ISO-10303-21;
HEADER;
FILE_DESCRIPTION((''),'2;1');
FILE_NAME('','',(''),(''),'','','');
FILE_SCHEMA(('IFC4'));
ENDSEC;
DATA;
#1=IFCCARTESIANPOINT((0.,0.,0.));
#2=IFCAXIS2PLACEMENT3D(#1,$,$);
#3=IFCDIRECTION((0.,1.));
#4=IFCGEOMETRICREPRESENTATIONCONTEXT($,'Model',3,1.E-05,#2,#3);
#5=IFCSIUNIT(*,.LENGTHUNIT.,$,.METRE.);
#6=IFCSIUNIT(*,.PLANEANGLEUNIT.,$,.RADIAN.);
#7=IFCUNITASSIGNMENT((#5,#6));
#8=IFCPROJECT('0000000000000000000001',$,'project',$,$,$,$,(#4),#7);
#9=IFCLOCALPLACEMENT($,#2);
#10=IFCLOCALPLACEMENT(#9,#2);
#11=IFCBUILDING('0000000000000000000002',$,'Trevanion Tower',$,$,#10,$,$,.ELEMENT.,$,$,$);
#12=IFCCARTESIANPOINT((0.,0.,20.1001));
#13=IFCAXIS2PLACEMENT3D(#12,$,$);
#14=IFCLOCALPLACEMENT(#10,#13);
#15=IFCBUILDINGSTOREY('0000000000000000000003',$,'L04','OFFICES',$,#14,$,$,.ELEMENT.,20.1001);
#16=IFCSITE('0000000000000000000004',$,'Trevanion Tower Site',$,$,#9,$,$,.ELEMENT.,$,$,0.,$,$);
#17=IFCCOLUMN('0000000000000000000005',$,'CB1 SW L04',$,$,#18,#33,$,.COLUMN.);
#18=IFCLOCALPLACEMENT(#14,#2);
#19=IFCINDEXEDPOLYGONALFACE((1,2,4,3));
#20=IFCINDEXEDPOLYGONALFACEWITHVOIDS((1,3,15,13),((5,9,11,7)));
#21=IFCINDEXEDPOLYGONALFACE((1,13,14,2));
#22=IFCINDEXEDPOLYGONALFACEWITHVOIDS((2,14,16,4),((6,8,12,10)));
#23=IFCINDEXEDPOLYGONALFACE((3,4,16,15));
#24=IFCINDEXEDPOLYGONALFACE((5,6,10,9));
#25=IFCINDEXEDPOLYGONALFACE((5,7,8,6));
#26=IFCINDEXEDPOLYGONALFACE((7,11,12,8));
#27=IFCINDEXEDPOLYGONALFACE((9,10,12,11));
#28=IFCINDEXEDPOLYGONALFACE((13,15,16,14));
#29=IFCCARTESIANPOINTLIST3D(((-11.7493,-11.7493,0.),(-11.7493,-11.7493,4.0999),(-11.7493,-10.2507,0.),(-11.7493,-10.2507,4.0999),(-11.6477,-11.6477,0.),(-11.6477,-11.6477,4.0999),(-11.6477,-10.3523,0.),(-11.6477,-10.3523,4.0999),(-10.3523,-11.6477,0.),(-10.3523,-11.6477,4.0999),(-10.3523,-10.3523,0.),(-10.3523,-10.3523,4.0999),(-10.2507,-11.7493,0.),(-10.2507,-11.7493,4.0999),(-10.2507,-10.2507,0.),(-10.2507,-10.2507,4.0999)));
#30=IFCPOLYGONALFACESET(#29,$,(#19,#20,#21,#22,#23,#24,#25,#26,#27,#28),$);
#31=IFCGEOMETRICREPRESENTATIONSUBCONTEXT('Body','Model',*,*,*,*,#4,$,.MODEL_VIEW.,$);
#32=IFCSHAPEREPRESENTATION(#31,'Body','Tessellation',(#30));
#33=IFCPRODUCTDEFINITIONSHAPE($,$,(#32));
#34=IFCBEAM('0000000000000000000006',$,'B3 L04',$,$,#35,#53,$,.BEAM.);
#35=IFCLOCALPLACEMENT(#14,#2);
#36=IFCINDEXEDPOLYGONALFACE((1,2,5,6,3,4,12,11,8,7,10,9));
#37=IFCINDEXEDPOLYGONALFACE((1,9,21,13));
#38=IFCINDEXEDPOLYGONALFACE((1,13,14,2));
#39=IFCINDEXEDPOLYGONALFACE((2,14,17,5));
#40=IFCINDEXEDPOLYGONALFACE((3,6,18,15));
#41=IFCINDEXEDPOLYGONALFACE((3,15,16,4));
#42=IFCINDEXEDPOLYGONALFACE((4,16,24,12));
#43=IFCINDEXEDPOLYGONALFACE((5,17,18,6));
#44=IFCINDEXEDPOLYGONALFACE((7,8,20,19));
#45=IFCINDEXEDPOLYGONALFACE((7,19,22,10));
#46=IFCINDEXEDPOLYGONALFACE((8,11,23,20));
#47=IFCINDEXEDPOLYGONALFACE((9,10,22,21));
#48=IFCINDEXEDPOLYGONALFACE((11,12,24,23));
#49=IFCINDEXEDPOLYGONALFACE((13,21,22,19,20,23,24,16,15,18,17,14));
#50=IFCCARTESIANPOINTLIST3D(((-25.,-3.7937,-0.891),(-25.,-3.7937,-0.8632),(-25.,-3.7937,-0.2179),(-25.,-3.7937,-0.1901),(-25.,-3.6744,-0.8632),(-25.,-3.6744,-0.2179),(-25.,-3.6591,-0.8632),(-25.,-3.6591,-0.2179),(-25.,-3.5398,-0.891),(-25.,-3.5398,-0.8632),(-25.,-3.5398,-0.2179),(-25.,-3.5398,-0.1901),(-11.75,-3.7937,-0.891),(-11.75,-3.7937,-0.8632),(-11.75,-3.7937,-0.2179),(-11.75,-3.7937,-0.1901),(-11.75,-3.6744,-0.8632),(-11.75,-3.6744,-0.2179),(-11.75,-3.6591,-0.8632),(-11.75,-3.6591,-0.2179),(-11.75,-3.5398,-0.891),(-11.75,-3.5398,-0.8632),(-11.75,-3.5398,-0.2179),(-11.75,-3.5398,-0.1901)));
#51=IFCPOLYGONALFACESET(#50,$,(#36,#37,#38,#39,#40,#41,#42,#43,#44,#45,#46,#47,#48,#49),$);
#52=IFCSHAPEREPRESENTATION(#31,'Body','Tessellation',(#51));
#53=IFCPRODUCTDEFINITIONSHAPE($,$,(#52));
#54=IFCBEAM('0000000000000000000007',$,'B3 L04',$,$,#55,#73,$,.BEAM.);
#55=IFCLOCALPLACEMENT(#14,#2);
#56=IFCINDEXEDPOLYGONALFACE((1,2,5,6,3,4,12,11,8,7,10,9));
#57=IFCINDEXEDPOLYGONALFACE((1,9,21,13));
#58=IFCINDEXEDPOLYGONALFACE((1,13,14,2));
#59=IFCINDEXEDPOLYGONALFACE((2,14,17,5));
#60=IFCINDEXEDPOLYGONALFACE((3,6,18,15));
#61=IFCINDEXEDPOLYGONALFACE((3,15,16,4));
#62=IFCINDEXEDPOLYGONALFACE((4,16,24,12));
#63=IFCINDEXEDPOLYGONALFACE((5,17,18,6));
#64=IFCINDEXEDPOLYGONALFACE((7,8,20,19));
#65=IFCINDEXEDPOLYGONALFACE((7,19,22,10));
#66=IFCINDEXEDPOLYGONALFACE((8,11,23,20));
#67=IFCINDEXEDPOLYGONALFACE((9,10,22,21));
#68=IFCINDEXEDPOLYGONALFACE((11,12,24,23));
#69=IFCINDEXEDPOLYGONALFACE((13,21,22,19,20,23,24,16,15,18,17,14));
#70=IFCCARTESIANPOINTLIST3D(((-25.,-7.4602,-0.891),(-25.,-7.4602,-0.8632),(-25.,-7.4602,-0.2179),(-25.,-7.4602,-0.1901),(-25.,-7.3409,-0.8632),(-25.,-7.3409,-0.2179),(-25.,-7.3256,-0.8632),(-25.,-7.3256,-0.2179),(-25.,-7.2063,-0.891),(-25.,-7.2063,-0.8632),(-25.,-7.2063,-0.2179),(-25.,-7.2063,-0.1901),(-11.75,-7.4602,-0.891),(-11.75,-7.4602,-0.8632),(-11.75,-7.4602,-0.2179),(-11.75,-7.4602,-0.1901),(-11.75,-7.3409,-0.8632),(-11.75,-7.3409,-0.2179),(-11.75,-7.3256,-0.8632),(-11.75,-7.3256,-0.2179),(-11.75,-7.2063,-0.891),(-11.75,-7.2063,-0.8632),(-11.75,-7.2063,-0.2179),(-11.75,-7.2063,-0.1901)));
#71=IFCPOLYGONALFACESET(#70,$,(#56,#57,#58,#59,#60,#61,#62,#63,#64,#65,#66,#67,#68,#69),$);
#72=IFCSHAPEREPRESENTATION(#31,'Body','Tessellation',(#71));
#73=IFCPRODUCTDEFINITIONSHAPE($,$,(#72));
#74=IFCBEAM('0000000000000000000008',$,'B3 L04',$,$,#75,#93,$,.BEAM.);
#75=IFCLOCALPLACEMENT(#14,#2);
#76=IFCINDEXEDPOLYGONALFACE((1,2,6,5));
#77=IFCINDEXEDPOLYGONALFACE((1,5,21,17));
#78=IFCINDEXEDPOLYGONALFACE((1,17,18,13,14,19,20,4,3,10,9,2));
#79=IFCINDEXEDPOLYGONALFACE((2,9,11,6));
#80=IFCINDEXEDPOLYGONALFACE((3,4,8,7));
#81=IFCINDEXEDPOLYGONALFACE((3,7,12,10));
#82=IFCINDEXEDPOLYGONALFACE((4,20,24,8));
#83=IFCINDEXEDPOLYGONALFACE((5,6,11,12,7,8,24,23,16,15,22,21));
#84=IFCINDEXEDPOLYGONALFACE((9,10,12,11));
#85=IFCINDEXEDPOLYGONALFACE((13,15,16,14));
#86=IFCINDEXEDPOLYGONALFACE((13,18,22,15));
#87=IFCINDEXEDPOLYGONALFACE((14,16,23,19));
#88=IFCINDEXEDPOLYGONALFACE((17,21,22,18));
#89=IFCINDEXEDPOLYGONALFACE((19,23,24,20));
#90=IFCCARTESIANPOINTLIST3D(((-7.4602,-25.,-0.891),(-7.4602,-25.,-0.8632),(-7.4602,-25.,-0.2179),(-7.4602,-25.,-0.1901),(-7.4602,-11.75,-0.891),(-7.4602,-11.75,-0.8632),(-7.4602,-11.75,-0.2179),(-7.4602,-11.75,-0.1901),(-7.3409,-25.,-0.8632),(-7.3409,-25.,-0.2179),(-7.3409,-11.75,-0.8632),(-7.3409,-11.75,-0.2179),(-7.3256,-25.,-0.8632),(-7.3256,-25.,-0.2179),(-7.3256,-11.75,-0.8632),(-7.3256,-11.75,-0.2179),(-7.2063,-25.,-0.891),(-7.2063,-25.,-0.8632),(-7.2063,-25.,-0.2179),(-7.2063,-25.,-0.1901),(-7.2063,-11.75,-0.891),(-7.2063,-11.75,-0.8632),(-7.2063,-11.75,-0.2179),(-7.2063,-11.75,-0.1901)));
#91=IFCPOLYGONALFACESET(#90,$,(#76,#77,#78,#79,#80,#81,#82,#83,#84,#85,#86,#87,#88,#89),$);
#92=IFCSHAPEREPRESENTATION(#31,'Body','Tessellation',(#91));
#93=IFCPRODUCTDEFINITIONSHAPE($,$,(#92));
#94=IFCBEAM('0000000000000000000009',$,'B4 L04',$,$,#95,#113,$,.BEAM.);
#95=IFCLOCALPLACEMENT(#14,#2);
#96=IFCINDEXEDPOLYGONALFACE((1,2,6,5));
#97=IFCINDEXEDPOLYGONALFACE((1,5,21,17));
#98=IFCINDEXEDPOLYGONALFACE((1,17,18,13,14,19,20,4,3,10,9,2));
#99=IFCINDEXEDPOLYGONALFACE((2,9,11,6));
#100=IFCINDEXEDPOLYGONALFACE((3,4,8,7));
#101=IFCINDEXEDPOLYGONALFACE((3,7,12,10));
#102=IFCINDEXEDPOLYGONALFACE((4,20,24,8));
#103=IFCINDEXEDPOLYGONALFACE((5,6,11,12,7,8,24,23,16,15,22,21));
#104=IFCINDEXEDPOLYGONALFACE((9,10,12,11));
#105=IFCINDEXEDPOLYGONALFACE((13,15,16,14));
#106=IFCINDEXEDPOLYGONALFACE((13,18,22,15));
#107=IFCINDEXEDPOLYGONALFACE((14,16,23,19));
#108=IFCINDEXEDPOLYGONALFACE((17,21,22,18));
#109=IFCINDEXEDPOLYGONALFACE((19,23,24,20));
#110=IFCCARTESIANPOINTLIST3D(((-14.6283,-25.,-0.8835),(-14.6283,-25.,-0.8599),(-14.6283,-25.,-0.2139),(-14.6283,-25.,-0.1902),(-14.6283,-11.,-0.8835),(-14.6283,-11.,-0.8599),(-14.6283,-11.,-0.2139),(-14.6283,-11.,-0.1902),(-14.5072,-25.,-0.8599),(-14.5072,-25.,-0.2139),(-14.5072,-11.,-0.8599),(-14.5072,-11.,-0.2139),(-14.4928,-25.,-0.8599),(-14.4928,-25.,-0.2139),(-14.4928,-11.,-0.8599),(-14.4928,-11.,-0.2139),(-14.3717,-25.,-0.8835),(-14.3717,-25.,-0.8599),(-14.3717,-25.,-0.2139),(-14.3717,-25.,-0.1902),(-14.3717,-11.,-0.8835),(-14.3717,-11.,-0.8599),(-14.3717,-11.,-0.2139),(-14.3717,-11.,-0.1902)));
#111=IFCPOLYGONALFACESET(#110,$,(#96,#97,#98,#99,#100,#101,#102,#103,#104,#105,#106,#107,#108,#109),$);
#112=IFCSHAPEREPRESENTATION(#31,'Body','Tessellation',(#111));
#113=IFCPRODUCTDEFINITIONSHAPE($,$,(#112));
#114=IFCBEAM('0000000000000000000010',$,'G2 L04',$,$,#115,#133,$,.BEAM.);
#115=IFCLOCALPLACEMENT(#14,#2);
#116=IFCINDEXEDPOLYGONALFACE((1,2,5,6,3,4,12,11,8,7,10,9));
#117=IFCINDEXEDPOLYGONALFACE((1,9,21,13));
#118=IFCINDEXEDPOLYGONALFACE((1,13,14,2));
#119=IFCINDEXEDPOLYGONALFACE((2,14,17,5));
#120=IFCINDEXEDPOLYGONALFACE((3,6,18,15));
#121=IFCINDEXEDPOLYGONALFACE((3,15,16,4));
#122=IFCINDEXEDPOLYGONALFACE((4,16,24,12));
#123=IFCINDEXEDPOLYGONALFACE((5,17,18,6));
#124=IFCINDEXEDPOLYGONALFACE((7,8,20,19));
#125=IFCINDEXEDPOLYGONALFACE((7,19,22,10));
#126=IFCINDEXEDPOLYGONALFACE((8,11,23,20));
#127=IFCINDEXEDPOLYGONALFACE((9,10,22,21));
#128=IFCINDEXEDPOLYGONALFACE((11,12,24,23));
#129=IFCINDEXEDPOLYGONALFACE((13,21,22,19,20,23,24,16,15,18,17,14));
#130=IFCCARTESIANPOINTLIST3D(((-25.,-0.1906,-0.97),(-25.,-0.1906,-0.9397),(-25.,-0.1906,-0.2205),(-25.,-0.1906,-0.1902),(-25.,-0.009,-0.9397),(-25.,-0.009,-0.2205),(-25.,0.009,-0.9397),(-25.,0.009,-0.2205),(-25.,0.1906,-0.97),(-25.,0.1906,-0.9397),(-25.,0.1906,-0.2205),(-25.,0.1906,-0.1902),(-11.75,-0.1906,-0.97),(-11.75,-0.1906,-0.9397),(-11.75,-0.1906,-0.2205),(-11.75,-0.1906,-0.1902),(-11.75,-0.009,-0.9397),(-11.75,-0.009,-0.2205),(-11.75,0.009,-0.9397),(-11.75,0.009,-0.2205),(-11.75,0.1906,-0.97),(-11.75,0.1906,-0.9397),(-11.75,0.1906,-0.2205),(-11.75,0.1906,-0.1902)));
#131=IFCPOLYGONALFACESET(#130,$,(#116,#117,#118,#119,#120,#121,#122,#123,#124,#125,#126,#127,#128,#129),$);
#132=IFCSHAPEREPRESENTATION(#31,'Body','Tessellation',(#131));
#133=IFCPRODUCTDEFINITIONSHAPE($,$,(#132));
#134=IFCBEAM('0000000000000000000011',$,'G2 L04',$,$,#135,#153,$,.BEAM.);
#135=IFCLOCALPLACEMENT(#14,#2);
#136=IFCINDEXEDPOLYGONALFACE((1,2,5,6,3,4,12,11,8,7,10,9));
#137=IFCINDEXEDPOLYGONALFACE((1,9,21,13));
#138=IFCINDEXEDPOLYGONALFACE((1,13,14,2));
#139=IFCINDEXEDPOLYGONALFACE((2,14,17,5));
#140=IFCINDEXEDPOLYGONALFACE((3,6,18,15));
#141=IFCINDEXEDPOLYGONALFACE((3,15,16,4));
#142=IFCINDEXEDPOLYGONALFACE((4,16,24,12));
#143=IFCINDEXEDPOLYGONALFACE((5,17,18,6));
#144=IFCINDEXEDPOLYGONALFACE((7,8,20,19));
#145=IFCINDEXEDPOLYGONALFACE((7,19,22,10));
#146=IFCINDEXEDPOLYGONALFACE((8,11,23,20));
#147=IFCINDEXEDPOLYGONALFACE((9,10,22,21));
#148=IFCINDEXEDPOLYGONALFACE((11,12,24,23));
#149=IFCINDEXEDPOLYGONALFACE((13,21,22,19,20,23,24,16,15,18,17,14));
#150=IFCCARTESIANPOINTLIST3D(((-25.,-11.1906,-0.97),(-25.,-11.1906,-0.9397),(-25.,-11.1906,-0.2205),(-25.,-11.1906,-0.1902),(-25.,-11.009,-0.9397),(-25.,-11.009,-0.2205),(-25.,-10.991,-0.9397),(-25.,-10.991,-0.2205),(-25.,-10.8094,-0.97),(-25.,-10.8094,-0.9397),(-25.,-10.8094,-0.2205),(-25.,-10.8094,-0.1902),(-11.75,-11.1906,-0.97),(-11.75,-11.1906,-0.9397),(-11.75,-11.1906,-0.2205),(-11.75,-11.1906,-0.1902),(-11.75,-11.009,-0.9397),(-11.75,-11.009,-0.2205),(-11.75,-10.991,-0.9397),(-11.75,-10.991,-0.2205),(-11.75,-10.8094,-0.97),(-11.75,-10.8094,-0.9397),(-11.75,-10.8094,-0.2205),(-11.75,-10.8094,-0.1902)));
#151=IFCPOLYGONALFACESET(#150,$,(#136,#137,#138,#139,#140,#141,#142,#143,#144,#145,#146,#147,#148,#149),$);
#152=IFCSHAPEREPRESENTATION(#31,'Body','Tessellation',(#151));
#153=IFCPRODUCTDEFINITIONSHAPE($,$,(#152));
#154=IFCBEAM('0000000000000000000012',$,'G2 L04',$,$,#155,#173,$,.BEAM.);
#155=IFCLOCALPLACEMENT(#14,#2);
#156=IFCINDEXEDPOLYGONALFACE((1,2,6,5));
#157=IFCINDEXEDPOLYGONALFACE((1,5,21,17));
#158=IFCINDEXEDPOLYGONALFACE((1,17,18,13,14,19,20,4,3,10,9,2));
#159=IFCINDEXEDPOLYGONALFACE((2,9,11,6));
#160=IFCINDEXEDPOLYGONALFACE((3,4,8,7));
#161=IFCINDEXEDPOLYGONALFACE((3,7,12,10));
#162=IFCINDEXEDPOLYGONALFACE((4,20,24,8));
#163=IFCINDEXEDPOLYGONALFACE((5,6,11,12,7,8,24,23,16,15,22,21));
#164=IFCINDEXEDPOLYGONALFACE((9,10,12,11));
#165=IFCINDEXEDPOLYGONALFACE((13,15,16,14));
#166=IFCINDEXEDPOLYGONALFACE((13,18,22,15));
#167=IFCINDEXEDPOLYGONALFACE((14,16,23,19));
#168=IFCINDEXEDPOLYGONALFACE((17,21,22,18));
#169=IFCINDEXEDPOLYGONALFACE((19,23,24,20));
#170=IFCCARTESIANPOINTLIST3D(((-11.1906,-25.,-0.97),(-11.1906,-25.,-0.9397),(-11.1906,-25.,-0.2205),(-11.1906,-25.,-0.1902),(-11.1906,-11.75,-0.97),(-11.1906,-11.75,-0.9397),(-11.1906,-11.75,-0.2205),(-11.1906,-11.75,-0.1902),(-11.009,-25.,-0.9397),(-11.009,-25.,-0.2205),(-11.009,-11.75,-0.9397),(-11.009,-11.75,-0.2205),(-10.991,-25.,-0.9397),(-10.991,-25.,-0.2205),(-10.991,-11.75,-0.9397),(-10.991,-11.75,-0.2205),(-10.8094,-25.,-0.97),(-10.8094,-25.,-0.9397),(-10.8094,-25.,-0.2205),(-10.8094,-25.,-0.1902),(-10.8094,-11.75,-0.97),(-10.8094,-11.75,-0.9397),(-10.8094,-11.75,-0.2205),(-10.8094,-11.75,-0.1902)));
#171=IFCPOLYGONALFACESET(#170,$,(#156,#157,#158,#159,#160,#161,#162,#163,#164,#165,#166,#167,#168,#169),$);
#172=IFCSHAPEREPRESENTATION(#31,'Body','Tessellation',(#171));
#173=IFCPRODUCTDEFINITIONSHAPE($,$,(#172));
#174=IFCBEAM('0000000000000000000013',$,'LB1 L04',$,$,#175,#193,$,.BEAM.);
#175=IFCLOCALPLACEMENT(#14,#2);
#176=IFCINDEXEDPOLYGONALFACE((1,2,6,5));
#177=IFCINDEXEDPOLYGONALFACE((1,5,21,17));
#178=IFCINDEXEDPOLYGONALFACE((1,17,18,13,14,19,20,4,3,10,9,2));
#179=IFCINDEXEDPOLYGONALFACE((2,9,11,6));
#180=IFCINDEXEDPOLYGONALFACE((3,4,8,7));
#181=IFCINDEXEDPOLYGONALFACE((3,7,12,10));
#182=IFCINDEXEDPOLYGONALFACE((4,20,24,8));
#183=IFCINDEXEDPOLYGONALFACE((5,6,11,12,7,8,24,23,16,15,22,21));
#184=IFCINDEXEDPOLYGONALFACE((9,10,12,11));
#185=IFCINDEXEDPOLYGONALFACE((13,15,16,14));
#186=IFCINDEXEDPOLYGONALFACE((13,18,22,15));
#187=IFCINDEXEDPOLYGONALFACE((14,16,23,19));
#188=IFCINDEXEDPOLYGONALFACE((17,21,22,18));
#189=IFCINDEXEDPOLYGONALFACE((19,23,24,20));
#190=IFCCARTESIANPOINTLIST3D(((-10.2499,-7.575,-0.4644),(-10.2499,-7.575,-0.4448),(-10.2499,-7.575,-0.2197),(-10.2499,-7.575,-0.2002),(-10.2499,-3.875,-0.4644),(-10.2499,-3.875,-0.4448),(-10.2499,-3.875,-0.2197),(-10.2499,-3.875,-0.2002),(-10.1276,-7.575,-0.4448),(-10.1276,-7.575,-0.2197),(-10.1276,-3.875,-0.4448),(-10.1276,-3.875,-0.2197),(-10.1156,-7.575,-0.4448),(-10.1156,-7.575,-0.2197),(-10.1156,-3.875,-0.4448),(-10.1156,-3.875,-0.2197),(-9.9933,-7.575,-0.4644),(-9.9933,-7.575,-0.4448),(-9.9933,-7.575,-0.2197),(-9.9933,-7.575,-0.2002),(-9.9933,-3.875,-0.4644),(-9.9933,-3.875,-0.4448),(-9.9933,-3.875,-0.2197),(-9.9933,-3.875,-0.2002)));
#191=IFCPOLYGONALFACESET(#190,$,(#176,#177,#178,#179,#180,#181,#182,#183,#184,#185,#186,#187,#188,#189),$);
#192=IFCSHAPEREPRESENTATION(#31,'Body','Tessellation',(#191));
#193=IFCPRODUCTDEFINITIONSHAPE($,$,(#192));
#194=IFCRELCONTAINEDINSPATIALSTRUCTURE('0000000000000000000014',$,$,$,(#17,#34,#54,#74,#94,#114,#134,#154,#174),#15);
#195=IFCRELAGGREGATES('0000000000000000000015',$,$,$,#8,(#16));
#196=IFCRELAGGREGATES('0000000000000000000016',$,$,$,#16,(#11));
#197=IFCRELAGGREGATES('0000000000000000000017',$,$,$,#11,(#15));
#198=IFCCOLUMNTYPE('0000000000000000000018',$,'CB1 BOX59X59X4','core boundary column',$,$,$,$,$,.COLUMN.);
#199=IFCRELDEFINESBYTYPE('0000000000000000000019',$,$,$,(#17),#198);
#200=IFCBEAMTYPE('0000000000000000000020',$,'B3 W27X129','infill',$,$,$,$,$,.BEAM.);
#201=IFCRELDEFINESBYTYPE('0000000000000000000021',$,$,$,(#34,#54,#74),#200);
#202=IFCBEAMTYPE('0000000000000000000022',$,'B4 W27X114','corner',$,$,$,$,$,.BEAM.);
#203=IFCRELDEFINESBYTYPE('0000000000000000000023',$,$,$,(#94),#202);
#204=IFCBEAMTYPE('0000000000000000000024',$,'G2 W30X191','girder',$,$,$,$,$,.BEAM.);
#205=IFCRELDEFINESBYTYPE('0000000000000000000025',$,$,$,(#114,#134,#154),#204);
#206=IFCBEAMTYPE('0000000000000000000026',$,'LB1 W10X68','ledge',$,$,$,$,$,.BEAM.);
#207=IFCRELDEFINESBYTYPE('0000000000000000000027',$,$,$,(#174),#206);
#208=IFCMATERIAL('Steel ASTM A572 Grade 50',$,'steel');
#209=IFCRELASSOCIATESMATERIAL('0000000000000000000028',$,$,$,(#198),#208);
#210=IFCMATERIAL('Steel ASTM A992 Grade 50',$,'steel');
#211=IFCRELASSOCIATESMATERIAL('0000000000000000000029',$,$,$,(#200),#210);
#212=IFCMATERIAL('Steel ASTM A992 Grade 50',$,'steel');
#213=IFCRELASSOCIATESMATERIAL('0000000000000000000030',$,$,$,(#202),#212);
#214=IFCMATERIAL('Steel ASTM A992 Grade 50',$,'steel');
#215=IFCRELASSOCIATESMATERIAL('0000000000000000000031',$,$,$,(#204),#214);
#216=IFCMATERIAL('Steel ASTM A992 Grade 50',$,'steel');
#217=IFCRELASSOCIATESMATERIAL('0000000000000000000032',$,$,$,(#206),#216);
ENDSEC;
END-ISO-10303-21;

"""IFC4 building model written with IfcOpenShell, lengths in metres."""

from ifc_helpers import new_model, si_unit, direction, frame, origin, origin_2d, place, context, subcontext, project, spatial, hollow_rectangle, i_section, extrude, material, material_profile, profile_set, type_object, element, save


model = new_model("IFC4")

# Units and contexts
model_context = context("Model", 3, precision=1e-05, world=origin(), true_north=direction((0.0, 1.0)))
body_context = subcontext(model_context, "Body", "Model", "MODEL_VIEW")
ifc_project = project(units=[si_unit("LENGTHUNIT", "METRE"), si_unit("PLANEANGLEUNIT", "RADIAN")], contexts=[model_context])

# Site, building, storey
site_placement = place(None, origin())
site = spatial("IfcSite", under=ifc_project, at=site_placement, Name="Trevanion Tower Site", CompositionType="ELEMENT", RefElevation=0.0)
building_placement = place(site_placement, origin())
building = spatial("IfcBuilding", under=site, at=building_placement, Name="Trevanion Tower", CompositionType="ELEMENT")
storey_placement = place(building_placement, frame((0.0, 0.0, 20.1001)))
storey = spatial("IfcBuildingStorey", under=building, at=storey_placement, Name="L04", Description="OFFICES", CompositionType="ELEMENT", Elevation=20.1001)

# Column
ifc_material_1 = material(Name="Steel ASTM A572 Grade 50", Category="steel")
ifc_material_profile_1 = material_profile(ifc_material_1, hollow_rectangle(XDim=1.4985, YDim=1.4985, WallThickness=0.1016, at=origin_2d()), Name="BOX59X59X4")
ifc_profile_set_1 = profile_set([ifc_material_profile_1], Name="Steel ASTM A572 Grade 50")
column_type = type_object("IfcColumnType", Name="CB1 BOX59X59X4", Description="core boundary column", PredefinedType="COLUMN", material=ifc_profile_set_1)
column_placement = place(storey_placement, frame((-11.0, -11.0, 0.0), z_axis=(0.0, 0.0, 1.0), x_axis=(1.0, 0.0, 0.0)))
element("IfcColumn", 1, at=column_placement, inside=storey, type_object=column_type, Name="CB1 SW L04", PredefinedType="COLUMN", context=body_context, shape_type="SweptSolid", body=[
    extrude(hollow_rectangle(XDim=1.4985, YDim=1.4985, WallThickness=0.1016, at=origin_2d()), origin(), (0.0, 0.0, 1.0), 4.0999),
])

# Beams
ifc_material_2 = material(Name="Steel ASTM A992 Grade 50", Category="steel")
ifc_material_profile_2 = material_profile(ifc_material_2, i_section(OverallWidth=0.2539, OverallDepth=0.7009, WebThickness=0.0154, FlangeThickness=0.0278, at=origin_2d()), Name="W27X129")
ifc_profile_set_2 = profile_set([ifc_material_profile_2], Name="Steel ASTM A992 Grade 50")
beam_type_1 = type_object("IfcBeamType", Name="B3 W27X129", Description="infill", PredefinedType="BEAM", material=ifc_profile_set_2)
for number, where, z_axis, x_axis, name in (
    (2, (-11.75, -3.6667, -0.5405), (-1.0, 0.0, 0.0), (0.0, -1.0, 0.0), "B3 L04"),
    (3, (-11.75, -7.3333, -0.5405), (-1.0, 0.0, 0.0), (0.0, -1.0, 0.0), "B3 L04"),
    (4, (-7.3333, -11.75, -0.5405), (0.0, -1.0, 0.0), (1.0, 0.0, 0.0), "B3 L04"),
):
    element("IfcBeam", number, at=place(storey_placement, frame(where, z_axis=z_axis, x_axis=x_axis)), inside=storey, type_object=beam_type_1, Name=name, PredefinedType="BEAM", context=body_context, shape_type="SweptSolid", body=[
        extrude(i_section(OverallWidth=0.2539, OverallDepth=0.7009, WebThickness=0.0154, FlangeThickness=0.0278, at=origin_2d()), origin(), (0.0, 0.0, 1.0), 13.25),
    ])
ifc_material_3 = material(Name="Steel ASTM A992 Grade 50", Category="steel")
ifc_material_profile_3 = material_profile(ifc_material_3, i_section(OverallWidth=0.2566, OverallDepth=0.6934, WebThickness=0.0144, FlangeThickness=0.0237, at=origin_2d()), Name="W27X114")
ifc_profile_set_3 = profile_set([ifc_material_profile_3], Name="Steel ASTM A992 Grade 50")
beam_type_2 = type_object("IfcBeamType", Name="B4 W27X114", Description="corner", PredefinedType="BEAM", material=ifc_profile_set_3)
beam_placement = place(storey_placement, frame((-14.5, -11.0, -0.5369), z_axis=(0.0, -1.0, 0.0), x_axis=(1.0, 0.0, 0.0)))
element("IfcBeam", 5, at=beam_placement, inside=storey, type_object=beam_type_2, Name="B4 L04", PredefinedType="BEAM", context=body_context, shape_type="SweptSolid", body=[
    extrude(i_section(OverallWidth=0.2566, OverallDepth=0.6934, WebThickness=0.0144, FlangeThickness=0.0237, at=origin_2d()), origin(), (0.0, 0.0, 1.0), 14.0),
])
ifc_material_4 = material(Name="Steel ASTM A992 Grade 50", Category="steel")
ifc_material_profile_4 = material_profile(ifc_material_4, i_section(OverallWidth=0.3811, OverallDepth=0.7798, WebThickness=0.0181, FlangeThickness=0.0303, at=origin_2d()), Name="W30X191")
ifc_profile_set_4 = profile_set([ifc_material_profile_4], Name="Steel ASTM A992 Grade 50")
beam_type_3 = type_object("IfcBeamType", Name="G2 W30X191", Description="girder", PredefinedType="BEAM", material=ifc_profile_set_4)
for number, where, z_axis, x_axis, name in (
    (6, (-11.75, 0.0, -0.5801), (-1.0, 0.0, 0.0), (0.0, -1.0, 0.0), "G2 L04"),
    (7, (-11.75, -11.0, -0.5801), (-1.0, 0.0, 0.0), (0.0, -1.0, 0.0), "G2 L04"),
    (8, (-11.0, -11.75, -0.5801), (0.0, -1.0, 0.0), (1.0, 0.0, 0.0), "G2 L04"),
):
    element("IfcBeam", number, at=place(storey_placement, frame(where, z_axis=z_axis, x_axis=x_axis)), inside=storey, type_object=beam_type_3, Name=name, PredefinedType="BEAM", context=body_context, shape_type="SweptSolid", body=[
        extrude(i_section(OverallWidth=0.3811, OverallDepth=0.7798, WebThickness=0.0181, FlangeThickness=0.0303, at=origin_2d()), origin(), (0.0, 0.0, 1.0), 13.25),
    ])
ifc_material_5 = material(Name="Steel ASTM A992 Grade 50", Category="steel")
ifc_material_profile_5 = material_profile(ifc_material_5, i_section(OverallWidth=0.2566, OverallDepth=0.2642, WebThickness=0.012, FlangeThickness=0.0195, at=origin_2d()), Name="W10X68")
ifc_profile_set_5 = profile_set([ifc_material_profile_5], Name="Steel ASTM A992 Grade 50")
beam_type_4 = type_object("IfcBeamType", Name="LB1 W10X68", Description="ledge", PredefinedType="BEAM", material=ifc_profile_set_5)
for number, where, z_axis, x_axis, name in (
    (9, (-10.1216, -7.575, -0.3323), (0.0, 1.0, 0.0), (-1.0, 0.0, 0.0), "LB1 L04"),
):
    element("IfcBeam", number, at=place(storey_placement, frame(where, z_axis=z_axis, x_axis=x_axis)), inside=storey, type_object=beam_type_4, Name=name, PredefinedType="BEAM", context=body_context, shape_type="SweptSolid", body=[
        extrude(i_section(OverallWidth=0.2566, OverallDepth=0.2642, WebThickness=0.012, FlangeThickness=0.0195, at=origin_2d()), origin(), (0.0, 0.0, 1.0), 3.7),
    ])

save(model, "model.ifc")
